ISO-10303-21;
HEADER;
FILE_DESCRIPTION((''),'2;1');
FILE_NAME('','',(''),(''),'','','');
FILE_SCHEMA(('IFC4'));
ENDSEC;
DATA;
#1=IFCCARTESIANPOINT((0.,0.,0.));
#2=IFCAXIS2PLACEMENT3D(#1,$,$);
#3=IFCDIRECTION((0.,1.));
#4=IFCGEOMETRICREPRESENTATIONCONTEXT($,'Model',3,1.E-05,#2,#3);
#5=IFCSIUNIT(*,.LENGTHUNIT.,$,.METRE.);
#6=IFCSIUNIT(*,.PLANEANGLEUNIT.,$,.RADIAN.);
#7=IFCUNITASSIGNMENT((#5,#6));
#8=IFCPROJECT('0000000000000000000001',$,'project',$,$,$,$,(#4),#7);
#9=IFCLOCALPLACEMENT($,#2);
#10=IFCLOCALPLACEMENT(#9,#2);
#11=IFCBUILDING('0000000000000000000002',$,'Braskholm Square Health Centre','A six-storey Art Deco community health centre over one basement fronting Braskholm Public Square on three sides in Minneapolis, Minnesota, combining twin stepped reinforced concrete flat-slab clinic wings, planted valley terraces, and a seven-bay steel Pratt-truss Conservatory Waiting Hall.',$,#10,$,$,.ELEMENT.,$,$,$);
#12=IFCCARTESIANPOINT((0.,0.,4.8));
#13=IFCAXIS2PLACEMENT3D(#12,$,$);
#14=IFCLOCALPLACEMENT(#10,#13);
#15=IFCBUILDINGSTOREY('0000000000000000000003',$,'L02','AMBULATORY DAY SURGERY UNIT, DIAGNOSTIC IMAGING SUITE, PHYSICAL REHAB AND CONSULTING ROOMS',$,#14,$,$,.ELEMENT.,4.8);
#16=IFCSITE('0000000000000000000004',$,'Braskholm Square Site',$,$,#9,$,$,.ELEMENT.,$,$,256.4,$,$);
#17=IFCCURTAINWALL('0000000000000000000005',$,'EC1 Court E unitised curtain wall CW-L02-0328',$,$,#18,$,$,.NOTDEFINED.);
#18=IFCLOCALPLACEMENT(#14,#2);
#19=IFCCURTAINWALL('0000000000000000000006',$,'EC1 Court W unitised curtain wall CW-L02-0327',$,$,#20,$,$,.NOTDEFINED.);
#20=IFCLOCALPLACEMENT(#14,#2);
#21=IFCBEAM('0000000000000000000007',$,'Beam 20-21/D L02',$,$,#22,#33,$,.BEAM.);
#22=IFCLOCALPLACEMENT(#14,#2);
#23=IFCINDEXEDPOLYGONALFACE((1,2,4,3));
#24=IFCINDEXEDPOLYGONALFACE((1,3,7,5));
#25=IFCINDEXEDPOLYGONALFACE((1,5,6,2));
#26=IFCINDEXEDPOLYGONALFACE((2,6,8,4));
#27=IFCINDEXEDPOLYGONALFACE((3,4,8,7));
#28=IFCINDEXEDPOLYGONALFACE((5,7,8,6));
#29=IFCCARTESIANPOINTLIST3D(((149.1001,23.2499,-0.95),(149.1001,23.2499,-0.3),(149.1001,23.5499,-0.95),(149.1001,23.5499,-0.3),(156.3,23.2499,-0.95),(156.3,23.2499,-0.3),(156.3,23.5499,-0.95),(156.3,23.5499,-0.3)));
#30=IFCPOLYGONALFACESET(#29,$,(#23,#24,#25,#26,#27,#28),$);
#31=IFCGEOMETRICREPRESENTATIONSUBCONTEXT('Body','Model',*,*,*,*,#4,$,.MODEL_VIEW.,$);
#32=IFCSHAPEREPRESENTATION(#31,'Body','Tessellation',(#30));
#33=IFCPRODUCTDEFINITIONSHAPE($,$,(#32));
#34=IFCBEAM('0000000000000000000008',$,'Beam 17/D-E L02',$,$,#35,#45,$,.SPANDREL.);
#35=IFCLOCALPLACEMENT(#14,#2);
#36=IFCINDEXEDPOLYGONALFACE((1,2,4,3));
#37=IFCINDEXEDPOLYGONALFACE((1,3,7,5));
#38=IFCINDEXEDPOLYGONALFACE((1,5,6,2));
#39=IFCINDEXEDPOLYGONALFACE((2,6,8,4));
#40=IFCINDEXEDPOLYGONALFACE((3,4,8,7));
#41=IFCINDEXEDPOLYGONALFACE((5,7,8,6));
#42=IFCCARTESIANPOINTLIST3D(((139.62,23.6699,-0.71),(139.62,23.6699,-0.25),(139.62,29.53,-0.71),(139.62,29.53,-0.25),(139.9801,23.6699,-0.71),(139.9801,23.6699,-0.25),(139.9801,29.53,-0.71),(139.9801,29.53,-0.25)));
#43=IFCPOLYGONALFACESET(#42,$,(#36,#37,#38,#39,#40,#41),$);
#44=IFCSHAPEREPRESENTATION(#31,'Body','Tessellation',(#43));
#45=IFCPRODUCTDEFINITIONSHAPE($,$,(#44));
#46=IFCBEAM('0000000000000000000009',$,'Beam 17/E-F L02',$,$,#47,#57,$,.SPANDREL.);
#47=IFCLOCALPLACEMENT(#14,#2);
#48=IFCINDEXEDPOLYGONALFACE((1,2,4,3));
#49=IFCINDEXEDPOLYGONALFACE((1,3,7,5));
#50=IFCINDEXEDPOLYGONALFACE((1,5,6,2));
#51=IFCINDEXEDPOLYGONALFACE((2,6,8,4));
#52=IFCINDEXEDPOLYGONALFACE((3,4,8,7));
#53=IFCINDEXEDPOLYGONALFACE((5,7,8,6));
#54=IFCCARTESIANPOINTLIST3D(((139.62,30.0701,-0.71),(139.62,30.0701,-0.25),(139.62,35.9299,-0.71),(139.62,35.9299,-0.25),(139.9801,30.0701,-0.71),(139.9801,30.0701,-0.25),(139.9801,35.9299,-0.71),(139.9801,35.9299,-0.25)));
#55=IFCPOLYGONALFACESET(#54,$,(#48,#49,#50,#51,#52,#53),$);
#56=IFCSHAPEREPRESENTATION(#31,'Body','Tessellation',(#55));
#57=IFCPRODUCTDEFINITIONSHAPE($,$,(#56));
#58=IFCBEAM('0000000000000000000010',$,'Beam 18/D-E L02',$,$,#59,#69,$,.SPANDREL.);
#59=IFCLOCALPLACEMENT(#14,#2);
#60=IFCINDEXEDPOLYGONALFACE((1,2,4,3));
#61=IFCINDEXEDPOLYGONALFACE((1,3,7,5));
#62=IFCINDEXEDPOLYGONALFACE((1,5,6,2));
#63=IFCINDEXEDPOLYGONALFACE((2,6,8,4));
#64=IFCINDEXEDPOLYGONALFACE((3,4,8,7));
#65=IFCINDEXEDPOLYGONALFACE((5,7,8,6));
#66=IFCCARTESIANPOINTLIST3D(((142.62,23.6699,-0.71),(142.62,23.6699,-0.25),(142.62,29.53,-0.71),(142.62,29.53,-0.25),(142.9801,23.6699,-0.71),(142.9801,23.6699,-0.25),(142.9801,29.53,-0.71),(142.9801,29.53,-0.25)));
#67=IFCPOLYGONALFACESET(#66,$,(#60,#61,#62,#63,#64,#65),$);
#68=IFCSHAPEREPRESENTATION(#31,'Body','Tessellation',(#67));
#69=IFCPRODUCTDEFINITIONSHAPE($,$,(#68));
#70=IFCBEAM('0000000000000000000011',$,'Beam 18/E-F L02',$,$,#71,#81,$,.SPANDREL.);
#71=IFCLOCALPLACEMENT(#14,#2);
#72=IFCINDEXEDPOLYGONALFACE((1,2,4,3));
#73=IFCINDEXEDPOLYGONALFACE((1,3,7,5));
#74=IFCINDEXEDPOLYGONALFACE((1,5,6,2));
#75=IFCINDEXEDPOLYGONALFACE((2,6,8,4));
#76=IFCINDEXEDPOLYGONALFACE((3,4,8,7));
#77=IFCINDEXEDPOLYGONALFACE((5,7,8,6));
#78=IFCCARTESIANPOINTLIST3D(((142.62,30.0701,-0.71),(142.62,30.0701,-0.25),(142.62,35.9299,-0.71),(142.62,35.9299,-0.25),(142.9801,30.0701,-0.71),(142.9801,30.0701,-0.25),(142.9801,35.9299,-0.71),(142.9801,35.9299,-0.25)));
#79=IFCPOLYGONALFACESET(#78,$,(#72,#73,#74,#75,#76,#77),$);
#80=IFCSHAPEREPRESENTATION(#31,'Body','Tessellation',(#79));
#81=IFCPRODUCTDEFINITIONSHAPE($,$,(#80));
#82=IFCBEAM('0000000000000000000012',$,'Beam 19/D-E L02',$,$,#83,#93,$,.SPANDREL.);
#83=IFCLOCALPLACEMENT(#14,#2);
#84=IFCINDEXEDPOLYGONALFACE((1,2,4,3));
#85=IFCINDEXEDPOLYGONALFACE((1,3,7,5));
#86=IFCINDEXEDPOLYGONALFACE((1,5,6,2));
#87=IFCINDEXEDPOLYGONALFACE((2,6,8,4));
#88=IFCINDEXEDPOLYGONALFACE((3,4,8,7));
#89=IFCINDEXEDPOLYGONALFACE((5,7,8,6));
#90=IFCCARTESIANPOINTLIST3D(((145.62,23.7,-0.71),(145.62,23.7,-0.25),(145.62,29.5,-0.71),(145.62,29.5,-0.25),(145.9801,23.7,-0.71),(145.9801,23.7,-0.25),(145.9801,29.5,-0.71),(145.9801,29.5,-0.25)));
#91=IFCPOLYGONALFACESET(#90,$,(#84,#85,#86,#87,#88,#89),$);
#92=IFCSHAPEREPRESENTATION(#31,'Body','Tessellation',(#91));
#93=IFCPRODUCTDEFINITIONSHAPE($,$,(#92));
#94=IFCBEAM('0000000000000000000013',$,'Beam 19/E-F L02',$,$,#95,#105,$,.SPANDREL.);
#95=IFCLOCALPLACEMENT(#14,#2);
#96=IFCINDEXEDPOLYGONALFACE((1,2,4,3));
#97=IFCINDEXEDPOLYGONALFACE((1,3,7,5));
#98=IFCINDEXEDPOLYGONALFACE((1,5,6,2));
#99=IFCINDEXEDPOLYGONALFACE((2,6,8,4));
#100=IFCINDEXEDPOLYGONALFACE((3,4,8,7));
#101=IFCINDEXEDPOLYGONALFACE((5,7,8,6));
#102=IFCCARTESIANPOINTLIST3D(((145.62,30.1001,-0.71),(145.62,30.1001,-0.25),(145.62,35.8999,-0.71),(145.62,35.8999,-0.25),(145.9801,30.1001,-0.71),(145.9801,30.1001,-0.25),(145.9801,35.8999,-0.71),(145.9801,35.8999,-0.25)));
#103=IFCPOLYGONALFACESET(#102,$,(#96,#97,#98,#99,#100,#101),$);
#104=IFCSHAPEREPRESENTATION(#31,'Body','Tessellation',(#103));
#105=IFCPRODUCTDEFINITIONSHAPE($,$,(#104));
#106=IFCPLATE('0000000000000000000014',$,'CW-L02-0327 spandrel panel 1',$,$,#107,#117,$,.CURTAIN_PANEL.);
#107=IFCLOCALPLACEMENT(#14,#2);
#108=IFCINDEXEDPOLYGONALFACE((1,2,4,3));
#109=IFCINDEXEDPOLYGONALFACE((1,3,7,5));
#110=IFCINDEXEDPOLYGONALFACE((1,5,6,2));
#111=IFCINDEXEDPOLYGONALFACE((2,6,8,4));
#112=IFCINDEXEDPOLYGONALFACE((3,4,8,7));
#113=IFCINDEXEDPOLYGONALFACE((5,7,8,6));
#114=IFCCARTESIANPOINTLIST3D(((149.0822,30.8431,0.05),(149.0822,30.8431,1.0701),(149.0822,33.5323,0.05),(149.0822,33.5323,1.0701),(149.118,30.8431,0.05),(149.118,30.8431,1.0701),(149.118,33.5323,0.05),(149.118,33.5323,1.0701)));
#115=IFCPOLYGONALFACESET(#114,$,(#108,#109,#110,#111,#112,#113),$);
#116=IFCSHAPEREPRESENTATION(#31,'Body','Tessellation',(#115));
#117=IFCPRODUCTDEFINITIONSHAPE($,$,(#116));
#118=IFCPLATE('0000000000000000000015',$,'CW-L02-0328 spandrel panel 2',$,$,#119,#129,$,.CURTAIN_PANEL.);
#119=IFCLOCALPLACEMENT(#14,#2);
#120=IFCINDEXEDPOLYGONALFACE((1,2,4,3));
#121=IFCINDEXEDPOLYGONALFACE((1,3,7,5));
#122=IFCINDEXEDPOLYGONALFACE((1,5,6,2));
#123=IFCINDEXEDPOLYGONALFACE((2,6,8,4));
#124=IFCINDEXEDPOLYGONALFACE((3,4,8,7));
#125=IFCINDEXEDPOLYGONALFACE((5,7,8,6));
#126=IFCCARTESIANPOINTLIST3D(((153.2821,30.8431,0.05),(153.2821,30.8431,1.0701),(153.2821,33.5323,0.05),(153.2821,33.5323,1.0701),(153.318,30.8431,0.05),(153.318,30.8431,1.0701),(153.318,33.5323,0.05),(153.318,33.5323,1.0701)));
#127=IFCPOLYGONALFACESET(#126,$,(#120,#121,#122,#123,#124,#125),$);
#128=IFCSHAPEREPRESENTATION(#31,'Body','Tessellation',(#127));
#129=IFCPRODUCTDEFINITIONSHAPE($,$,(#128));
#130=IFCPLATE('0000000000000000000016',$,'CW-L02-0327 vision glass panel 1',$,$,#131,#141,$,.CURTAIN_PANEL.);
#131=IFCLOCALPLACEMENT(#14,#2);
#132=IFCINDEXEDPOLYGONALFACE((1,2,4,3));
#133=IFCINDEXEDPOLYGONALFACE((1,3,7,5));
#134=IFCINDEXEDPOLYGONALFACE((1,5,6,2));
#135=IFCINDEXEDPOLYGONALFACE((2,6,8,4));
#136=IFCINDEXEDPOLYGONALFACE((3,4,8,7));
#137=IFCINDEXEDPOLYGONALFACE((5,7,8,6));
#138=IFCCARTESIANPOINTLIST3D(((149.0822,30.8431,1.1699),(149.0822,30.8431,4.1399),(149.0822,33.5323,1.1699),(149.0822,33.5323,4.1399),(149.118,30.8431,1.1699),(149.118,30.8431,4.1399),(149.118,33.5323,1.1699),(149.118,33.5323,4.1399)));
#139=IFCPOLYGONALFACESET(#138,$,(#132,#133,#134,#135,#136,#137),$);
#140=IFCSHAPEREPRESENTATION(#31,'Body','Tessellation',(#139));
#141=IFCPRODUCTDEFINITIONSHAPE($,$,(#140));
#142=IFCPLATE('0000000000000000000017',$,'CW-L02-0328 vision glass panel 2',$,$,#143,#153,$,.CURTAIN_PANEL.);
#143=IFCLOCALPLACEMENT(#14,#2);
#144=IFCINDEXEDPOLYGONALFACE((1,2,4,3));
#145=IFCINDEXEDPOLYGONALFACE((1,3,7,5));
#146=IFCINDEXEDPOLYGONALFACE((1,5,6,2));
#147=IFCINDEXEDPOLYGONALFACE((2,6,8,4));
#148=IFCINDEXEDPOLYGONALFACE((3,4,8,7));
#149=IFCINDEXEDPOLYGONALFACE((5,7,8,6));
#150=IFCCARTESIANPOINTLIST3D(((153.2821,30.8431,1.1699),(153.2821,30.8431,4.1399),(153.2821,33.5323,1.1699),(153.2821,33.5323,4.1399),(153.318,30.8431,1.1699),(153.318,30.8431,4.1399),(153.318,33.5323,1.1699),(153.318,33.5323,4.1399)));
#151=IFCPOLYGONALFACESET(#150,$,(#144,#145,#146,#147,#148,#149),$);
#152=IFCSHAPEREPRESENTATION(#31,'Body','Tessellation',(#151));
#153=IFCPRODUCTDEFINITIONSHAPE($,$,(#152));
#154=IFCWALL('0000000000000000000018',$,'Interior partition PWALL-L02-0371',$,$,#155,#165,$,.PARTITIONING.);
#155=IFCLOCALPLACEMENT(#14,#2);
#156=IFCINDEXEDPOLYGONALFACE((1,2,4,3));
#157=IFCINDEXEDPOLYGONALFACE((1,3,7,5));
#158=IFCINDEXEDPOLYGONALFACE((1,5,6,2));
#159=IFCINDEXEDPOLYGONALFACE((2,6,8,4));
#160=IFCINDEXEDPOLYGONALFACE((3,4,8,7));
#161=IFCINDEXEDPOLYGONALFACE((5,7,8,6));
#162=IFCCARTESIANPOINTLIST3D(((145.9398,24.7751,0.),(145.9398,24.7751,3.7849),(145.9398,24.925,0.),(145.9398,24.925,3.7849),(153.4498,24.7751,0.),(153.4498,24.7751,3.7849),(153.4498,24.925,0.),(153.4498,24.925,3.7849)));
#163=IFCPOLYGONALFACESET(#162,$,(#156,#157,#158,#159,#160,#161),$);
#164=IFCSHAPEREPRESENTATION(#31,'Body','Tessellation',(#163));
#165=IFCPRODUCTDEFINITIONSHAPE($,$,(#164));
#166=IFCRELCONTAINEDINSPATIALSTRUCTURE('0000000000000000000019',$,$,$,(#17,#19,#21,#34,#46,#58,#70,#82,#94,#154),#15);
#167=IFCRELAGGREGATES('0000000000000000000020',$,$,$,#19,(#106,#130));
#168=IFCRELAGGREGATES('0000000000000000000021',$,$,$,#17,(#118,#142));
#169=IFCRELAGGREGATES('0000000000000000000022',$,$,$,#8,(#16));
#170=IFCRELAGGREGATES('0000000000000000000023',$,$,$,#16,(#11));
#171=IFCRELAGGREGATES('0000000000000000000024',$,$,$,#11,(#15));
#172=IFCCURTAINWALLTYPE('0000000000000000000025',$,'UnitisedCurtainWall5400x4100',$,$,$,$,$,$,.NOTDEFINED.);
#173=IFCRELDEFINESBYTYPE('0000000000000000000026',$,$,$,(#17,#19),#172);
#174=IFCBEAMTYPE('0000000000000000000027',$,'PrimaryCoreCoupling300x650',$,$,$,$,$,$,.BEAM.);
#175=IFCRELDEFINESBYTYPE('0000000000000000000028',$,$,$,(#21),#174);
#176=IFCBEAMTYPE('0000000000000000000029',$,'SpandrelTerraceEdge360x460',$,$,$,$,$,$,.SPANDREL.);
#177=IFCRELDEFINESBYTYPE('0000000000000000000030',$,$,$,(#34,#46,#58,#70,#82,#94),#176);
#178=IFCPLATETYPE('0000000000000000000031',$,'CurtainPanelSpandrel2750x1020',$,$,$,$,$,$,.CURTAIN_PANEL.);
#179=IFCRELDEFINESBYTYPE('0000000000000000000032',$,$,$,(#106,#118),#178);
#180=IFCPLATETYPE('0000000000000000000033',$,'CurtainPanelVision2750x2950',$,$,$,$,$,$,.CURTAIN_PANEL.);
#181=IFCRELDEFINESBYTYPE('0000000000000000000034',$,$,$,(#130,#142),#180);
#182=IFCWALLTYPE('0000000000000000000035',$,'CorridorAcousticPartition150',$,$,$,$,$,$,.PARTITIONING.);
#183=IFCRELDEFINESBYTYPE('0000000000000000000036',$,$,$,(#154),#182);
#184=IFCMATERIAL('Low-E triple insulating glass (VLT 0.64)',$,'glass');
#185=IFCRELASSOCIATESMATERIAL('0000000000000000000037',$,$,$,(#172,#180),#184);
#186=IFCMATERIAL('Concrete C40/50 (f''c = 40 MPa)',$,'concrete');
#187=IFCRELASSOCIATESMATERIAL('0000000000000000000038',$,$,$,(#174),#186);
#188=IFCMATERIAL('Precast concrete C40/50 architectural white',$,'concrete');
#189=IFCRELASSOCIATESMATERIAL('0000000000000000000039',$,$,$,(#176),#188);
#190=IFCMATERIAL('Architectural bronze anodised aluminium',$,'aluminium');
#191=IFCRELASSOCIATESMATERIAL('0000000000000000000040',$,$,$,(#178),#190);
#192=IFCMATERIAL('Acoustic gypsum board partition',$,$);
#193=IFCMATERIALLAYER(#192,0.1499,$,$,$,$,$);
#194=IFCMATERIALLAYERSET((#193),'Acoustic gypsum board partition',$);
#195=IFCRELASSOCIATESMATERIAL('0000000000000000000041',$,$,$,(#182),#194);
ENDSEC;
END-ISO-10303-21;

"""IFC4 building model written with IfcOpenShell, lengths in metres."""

from ifc_helpers import new_model, si_unit, direction, frame, frame_2d, origin, origin_2d, place, context, subcontext, project, spatial, rectangle, extrude, material, layer, layer_set, material_profile, profile_set, type_object, element, aggregate, save


model = new_model("IFC4")

# Units and contexts
model_context = context("Model", 3, precision=1e-05, world=origin(), true_north=direction((0.0, 1.0)))
body_context = subcontext(model_context, "Body", "Model", "MODEL_VIEW")
ifc_project = project(units=[si_unit("LENGTHUNIT", "METRE"), si_unit("PLANEANGLEUNIT", "RADIAN")], contexts=[model_context])

# Site, building, storey
site_placement = place(None, origin())
site = spatial("IfcSite", under=ifc_project, at=site_placement, Name="Braskholm Square Site", CompositionType="ELEMENT", RefElevation=256.4)
building_placement = place(site_placement, origin())
building = spatial("IfcBuilding", under=site, at=building_placement, Name="Braskholm Square Health Centre", Description="A six-storey Art Deco community health centre over one basement fronting Braskholm Public Square on three sides in Minneapolis, Minnesota, combining twin stepped reinforced concrete flat-slab clinic wings, planted valley terraces, and a seven-bay steel Pratt-truss Conservatory Waiting Hall.", CompositionType="ELEMENT")
storey_placement = place(building_placement, frame((0.0, 0.0, 4.8)))
storey = spatial("IfcBuildingStorey", under=building, at=storey_placement, Name="L02", Description="AMBULATORY DAY SURGERY UNIT, DIAGNOSTIC IMAGING SUITE, PHYSICAL REHAB AND CONSULTING ROOMS", CompositionType="ELEMENT", Elevation=4.8)

# Shared definitions
ifc_material_1 = material(Name="Concrete C40/50 (f'c = 40 MPa)", Category="concrete")

# Curtain wall
ifc_material_2 = material(Name="Low-E triple insulating glass (VLT 0.64)", Category="glass")
curtain_wall_type = type_object("IfcCurtainWallType", Name="UnitisedCurtainWall5400x4100", PredefinedType="NOTDEFINED", material=ifc_material_2)
curtain_wall_1_placement = place(storey_placement, origin())
curtain_wall_1 = element("IfcCurtainWall", 1, at=curtain_wall_1_placement, inside=storey, type_object=curtain_wall_type, Name="EC1 Court E unitised curtain wall CW-L02-0328", PredefinedType="NOTDEFINED")
ifc_material_3 = material(Name="Architectural bronze anodised aluminium", Category="aluminium")

# Curtain wall
curtain_wall_2_placement = place(storey_placement, origin())
curtain_wall_2 = element("IfcCurtainWall", 2, at=curtain_wall_2_placement, inside=storey, type_object=curtain_wall_type, Name="EC1 Court W unitised curtain wall CW-L02-0327", PredefinedType="NOTDEFINED")

# Beams
ifc_material_profile_1 = material_profile(ifc_material_1, rectangle(XDim=0.3, YDim=0.6499, at=origin_2d()), Name="RCB-300X650")
ifc_profile_set_1 = profile_set([ifc_material_profile_1], Name="Concrete C40/50 (f'c = 40 MPa)")
beam_type_1 = type_object("IfcBeamType", Name="PrimaryCoreCoupling300x650", PredefinedType="BEAM", material=ifc_profile_set_1)
beam_1_placement = place(storey_placement, frame((149.1001, 23.3999, -0.625), z_axis=(1.0, 0.0, 0.0), x_axis=(0.0, 1.0, 0.0)))
element("IfcBeam", 3, at=beam_1_placement, inside=storey, type_object=beam_type_1, Name="Beam 20-21/D L02", PredefinedType="BEAM", context=body_context, shape_type="SweptSolid", body=[
    extrude(rectangle(XDim=0.3, YDim=0.6499, at=origin_2d()), origin(), (0.0, 0.0, 1.0), 7.2),
])
ifc_material_4 = material(Name="Precast concrete C40/50 architectural white", Category="concrete")
ifc_material_profile_2 = material_profile(ifc_material_4, rectangle(XDim=0.3601, YDim=0.46, at=origin_2d()), Name="RCB-360X460")
ifc_profile_set_2 = profile_set([ifc_material_profile_2], Name="Precast concrete C40/50 architectural white")
beam_type_2 = type_object("IfcBeamType", Name="SpandrelTerraceEdge360x460", PredefinedType="SPANDREL", material=ifc_profile_set_2)
beam_2_placement = place(storey_placement, frame((139.8, 23.6699, -0.48), z_axis=(0.0, 1.0, 0.0), x_axis=(-1.0, 0.0, 0.0)))
element("IfcBeam", 4, at=beam_2_placement, inside=storey, type_object=beam_type_2, Name="Beam 17/D-E L02", PredefinedType="SPANDREL", context=body_context, shape_type="SweptSolid", body=[
    extrude(rectangle(XDim=0.3601, YDim=0.46, at=origin_2d()), origin(), (0.0, 0.0, 1.0), 5.8601),
])
beam_3_placement = place(storey_placement, frame((139.8, 30.0701, -0.48), z_axis=(0.0, 1.0, 0.0), x_axis=(-1.0, 0.0, 0.0)))
element("IfcBeam", 5, at=beam_3_placement, inside=storey, type_object=beam_type_2, Name="Beam 17/E-F L02", PredefinedType="SPANDREL", context=body_context, shape_type="SweptSolid", body=[
    extrude(rectangle(XDim=0.3601, YDim=0.46, at=origin_2d()), origin(), (0.0, 0.0, 1.0), 5.8599),
])
beam_4_placement = place(storey_placement, frame((142.8, 23.6699, -0.48), z_axis=(0.0, 1.0, 0.0), x_axis=(-1.0, 0.0, 0.0)))
element("IfcBeam", 6, at=beam_4_placement, inside=storey, type_object=beam_type_2, Name="Beam 18/D-E L02", PredefinedType="SPANDREL", context=body_context, shape_type="SweptSolid", body=[
    extrude(rectangle(XDim=0.3601, YDim=0.46, at=origin_2d()), origin(), (0.0, 0.0, 1.0), 5.8601),
])
beam_5_placement = place(storey_placement, frame((142.8, 30.0701, -0.48), z_axis=(0.0, 1.0, 0.0), x_axis=(-1.0, 0.0, 0.0)))
element("IfcBeam", 7, at=beam_5_placement, inside=storey, type_object=beam_type_2, Name="Beam 18/E-F L02", PredefinedType="SPANDREL", context=body_context, shape_type="SweptSolid", body=[
    extrude(rectangle(XDim=0.3601, YDim=0.46, at=origin_2d()), origin(), (0.0, 0.0, 1.0), 5.8599),
])
beam_6_placement = place(storey_placement, frame((145.8, 23.7, -0.48), z_axis=(0.0, 1.0, 0.0), x_axis=(-1.0, 0.0, 0.0)))
element("IfcBeam", 8, at=beam_6_placement, inside=storey, type_object=beam_type_2, Name="Beam 19/D-E L02", PredefinedType="SPANDREL", context=body_context, shape_type="SweptSolid", body=[
    extrude(rectangle(XDim=0.3601, YDim=0.46, at=origin_2d()), origin(), (0.0, 0.0, 1.0), 5.8),
])
beam_7_placement = place(storey_placement, frame((145.8, 30.1001, -0.48), z_axis=(0.0, 1.0, 0.0), x_axis=(-1.0, 0.0, 0.0)))
element("IfcBeam", 9, at=beam_7_placement, inside=storey, type_object=beam_type_2, Name="Beam 19/E-F L02", PredefinedType="SPANDREL", context=body_context, shape_type="SweptSolid", body=[
    extrude(rectangle(XDim=0.3601, YDim=0.46, at=origin_2d()), origin(), (0.0, 0.0, 1.0), 5.7998),
])

# Plates
plate_type_1 = type_object("IfcPlateType", Name="CurtainPanelSpandrel2750x1020", PredefinedType="CURTAIN_PANEL", material=ifc_material_3)
plate_1_placement = place(storey_placement, frame((149.1001, 32.1877, 0.05), z_axis=(0.0, 0.0, 1.0), x_axis=(0.0, 1.0, 0.0)))
plate_1 = element("IfcPlate", 10, at=plate_1_placement, type_object=plate_type_1, Name="CW-L02-0327 spandrel panel 1", PredefinedType="CURTAIN_PANEL", context=body_context, shape_type="SweptSolid", body=[
    extrude(rectangle(XDim=2.6892, YDim=0.0359, at=origin_2d()), origin(), (0.0, 0.0, 1.0), 1.02),
])
plate_2_placement = place(storey_placement, frame((153.3, 32.1877, 0.05), z_axis=(0.0, 0.0, 1.0), x_axis=(0.0, -1.0, 0.0)))
plate_2 = element("IfcPlate", 11, at=plate_2_placement, type_object=plate_type_1, Name="CW-L02-0328 spandrel panel 2", PredefinedType="CURTAIN_PANEL", context=body_context, shape_type="SweptSolid", body=[
    extrude(rectangle(XDim=2.6892, YDim=0.0359, at=origin_2d()), origin(), (0.0, 0.0, 1.0), 1.02),
])
plate_type_2 = type_object("IfcPlateType", Name="CurtainPanelVision2750x2950", PredefinedType="CURTAIN_PANEL", material=ifc_material_2)
plate_3_placement = place(storey_placement, frame((149.1001, 32.1877, 1.1699), z_axis=(0.0, 0.0, 1.0), x_axis=(0.0, 1.0, 0.0)))
plate_3 = element("IfcPlate", 12, at=plate_3_placement, type_object=plate_type_2, Name="CW-L02-0327 vision glass panel 1", PredefinedType="CURTAIN_PANEL", context=body_context, shape_type="SweptSolid", body=[
    extrude(rectangle(XDim=2.6892, YDim=0.0359, at=origin_2d()), origin(), (0.0, 0.0, 1.0), 2.97),
])
aggregate(curtain_wall_2, [plate_1, plate_3])
plate_4_placement = place(storey_placement, frame((153.3, 32.1877, 1.1699), z_axis=(0.0, 0.0, 1.0), x_axis=(0.0, -1.0, 0.0)))
plate_4 = element("IfcPlate", 13, at=plate_4_placement, type_object=plate_type_2, Name="CW-L02-0328 vision glass panel 2", PredefinedType="CURTAIN_PANEL", context=body_context, shape_type="SweptSolid", body=[
    extrude(rectangle(XDim=2.6892, YDim=0.0359, at=origin_2d()), origin(), (0.0, 0.0, 1.0), 2.97),
])
aggregate(curtain_wall_1, [plate_2, plate_4])

# Wall
ifc_material_5 = material(Name="Acoustic gypsum board partition")
ifc_layer_1 = layer(ifc_material_5, 0.1499)
ifc_layer_set_1 = layer_set([ifc_layer_1], Name="Acoustic gypsum board partition")
wall_type_1 = type_object("IfcWallType", Name="CorridorAcousticPartition150", PredefinedType="PARTITIONING", material=ifc_layer_set_1)
wall_1_placement = place(storey_placement, frame((145.9399, 24.8501, 0.0), z_axis=(0.0, 0.0, 1.0), x_axis=(1.0, 0.0, 0.0)))
element("IfcWall", 14, at=wall_1_placement, inside=storey, type_object=wall_type_1, Name="Interior partition PWALL-L02-0371", PredefinedType="PARTITIONING", context=body_context, shape_type="SweptSolid", body=[
    extrude(rectangle(XDim=7.51, YDim=0.1499, at=frame_2d((3.7549, 0.0))), origin(), (0.0, 0.0, 1.0), 3.7849),
])

save(model, "model.ifc")
